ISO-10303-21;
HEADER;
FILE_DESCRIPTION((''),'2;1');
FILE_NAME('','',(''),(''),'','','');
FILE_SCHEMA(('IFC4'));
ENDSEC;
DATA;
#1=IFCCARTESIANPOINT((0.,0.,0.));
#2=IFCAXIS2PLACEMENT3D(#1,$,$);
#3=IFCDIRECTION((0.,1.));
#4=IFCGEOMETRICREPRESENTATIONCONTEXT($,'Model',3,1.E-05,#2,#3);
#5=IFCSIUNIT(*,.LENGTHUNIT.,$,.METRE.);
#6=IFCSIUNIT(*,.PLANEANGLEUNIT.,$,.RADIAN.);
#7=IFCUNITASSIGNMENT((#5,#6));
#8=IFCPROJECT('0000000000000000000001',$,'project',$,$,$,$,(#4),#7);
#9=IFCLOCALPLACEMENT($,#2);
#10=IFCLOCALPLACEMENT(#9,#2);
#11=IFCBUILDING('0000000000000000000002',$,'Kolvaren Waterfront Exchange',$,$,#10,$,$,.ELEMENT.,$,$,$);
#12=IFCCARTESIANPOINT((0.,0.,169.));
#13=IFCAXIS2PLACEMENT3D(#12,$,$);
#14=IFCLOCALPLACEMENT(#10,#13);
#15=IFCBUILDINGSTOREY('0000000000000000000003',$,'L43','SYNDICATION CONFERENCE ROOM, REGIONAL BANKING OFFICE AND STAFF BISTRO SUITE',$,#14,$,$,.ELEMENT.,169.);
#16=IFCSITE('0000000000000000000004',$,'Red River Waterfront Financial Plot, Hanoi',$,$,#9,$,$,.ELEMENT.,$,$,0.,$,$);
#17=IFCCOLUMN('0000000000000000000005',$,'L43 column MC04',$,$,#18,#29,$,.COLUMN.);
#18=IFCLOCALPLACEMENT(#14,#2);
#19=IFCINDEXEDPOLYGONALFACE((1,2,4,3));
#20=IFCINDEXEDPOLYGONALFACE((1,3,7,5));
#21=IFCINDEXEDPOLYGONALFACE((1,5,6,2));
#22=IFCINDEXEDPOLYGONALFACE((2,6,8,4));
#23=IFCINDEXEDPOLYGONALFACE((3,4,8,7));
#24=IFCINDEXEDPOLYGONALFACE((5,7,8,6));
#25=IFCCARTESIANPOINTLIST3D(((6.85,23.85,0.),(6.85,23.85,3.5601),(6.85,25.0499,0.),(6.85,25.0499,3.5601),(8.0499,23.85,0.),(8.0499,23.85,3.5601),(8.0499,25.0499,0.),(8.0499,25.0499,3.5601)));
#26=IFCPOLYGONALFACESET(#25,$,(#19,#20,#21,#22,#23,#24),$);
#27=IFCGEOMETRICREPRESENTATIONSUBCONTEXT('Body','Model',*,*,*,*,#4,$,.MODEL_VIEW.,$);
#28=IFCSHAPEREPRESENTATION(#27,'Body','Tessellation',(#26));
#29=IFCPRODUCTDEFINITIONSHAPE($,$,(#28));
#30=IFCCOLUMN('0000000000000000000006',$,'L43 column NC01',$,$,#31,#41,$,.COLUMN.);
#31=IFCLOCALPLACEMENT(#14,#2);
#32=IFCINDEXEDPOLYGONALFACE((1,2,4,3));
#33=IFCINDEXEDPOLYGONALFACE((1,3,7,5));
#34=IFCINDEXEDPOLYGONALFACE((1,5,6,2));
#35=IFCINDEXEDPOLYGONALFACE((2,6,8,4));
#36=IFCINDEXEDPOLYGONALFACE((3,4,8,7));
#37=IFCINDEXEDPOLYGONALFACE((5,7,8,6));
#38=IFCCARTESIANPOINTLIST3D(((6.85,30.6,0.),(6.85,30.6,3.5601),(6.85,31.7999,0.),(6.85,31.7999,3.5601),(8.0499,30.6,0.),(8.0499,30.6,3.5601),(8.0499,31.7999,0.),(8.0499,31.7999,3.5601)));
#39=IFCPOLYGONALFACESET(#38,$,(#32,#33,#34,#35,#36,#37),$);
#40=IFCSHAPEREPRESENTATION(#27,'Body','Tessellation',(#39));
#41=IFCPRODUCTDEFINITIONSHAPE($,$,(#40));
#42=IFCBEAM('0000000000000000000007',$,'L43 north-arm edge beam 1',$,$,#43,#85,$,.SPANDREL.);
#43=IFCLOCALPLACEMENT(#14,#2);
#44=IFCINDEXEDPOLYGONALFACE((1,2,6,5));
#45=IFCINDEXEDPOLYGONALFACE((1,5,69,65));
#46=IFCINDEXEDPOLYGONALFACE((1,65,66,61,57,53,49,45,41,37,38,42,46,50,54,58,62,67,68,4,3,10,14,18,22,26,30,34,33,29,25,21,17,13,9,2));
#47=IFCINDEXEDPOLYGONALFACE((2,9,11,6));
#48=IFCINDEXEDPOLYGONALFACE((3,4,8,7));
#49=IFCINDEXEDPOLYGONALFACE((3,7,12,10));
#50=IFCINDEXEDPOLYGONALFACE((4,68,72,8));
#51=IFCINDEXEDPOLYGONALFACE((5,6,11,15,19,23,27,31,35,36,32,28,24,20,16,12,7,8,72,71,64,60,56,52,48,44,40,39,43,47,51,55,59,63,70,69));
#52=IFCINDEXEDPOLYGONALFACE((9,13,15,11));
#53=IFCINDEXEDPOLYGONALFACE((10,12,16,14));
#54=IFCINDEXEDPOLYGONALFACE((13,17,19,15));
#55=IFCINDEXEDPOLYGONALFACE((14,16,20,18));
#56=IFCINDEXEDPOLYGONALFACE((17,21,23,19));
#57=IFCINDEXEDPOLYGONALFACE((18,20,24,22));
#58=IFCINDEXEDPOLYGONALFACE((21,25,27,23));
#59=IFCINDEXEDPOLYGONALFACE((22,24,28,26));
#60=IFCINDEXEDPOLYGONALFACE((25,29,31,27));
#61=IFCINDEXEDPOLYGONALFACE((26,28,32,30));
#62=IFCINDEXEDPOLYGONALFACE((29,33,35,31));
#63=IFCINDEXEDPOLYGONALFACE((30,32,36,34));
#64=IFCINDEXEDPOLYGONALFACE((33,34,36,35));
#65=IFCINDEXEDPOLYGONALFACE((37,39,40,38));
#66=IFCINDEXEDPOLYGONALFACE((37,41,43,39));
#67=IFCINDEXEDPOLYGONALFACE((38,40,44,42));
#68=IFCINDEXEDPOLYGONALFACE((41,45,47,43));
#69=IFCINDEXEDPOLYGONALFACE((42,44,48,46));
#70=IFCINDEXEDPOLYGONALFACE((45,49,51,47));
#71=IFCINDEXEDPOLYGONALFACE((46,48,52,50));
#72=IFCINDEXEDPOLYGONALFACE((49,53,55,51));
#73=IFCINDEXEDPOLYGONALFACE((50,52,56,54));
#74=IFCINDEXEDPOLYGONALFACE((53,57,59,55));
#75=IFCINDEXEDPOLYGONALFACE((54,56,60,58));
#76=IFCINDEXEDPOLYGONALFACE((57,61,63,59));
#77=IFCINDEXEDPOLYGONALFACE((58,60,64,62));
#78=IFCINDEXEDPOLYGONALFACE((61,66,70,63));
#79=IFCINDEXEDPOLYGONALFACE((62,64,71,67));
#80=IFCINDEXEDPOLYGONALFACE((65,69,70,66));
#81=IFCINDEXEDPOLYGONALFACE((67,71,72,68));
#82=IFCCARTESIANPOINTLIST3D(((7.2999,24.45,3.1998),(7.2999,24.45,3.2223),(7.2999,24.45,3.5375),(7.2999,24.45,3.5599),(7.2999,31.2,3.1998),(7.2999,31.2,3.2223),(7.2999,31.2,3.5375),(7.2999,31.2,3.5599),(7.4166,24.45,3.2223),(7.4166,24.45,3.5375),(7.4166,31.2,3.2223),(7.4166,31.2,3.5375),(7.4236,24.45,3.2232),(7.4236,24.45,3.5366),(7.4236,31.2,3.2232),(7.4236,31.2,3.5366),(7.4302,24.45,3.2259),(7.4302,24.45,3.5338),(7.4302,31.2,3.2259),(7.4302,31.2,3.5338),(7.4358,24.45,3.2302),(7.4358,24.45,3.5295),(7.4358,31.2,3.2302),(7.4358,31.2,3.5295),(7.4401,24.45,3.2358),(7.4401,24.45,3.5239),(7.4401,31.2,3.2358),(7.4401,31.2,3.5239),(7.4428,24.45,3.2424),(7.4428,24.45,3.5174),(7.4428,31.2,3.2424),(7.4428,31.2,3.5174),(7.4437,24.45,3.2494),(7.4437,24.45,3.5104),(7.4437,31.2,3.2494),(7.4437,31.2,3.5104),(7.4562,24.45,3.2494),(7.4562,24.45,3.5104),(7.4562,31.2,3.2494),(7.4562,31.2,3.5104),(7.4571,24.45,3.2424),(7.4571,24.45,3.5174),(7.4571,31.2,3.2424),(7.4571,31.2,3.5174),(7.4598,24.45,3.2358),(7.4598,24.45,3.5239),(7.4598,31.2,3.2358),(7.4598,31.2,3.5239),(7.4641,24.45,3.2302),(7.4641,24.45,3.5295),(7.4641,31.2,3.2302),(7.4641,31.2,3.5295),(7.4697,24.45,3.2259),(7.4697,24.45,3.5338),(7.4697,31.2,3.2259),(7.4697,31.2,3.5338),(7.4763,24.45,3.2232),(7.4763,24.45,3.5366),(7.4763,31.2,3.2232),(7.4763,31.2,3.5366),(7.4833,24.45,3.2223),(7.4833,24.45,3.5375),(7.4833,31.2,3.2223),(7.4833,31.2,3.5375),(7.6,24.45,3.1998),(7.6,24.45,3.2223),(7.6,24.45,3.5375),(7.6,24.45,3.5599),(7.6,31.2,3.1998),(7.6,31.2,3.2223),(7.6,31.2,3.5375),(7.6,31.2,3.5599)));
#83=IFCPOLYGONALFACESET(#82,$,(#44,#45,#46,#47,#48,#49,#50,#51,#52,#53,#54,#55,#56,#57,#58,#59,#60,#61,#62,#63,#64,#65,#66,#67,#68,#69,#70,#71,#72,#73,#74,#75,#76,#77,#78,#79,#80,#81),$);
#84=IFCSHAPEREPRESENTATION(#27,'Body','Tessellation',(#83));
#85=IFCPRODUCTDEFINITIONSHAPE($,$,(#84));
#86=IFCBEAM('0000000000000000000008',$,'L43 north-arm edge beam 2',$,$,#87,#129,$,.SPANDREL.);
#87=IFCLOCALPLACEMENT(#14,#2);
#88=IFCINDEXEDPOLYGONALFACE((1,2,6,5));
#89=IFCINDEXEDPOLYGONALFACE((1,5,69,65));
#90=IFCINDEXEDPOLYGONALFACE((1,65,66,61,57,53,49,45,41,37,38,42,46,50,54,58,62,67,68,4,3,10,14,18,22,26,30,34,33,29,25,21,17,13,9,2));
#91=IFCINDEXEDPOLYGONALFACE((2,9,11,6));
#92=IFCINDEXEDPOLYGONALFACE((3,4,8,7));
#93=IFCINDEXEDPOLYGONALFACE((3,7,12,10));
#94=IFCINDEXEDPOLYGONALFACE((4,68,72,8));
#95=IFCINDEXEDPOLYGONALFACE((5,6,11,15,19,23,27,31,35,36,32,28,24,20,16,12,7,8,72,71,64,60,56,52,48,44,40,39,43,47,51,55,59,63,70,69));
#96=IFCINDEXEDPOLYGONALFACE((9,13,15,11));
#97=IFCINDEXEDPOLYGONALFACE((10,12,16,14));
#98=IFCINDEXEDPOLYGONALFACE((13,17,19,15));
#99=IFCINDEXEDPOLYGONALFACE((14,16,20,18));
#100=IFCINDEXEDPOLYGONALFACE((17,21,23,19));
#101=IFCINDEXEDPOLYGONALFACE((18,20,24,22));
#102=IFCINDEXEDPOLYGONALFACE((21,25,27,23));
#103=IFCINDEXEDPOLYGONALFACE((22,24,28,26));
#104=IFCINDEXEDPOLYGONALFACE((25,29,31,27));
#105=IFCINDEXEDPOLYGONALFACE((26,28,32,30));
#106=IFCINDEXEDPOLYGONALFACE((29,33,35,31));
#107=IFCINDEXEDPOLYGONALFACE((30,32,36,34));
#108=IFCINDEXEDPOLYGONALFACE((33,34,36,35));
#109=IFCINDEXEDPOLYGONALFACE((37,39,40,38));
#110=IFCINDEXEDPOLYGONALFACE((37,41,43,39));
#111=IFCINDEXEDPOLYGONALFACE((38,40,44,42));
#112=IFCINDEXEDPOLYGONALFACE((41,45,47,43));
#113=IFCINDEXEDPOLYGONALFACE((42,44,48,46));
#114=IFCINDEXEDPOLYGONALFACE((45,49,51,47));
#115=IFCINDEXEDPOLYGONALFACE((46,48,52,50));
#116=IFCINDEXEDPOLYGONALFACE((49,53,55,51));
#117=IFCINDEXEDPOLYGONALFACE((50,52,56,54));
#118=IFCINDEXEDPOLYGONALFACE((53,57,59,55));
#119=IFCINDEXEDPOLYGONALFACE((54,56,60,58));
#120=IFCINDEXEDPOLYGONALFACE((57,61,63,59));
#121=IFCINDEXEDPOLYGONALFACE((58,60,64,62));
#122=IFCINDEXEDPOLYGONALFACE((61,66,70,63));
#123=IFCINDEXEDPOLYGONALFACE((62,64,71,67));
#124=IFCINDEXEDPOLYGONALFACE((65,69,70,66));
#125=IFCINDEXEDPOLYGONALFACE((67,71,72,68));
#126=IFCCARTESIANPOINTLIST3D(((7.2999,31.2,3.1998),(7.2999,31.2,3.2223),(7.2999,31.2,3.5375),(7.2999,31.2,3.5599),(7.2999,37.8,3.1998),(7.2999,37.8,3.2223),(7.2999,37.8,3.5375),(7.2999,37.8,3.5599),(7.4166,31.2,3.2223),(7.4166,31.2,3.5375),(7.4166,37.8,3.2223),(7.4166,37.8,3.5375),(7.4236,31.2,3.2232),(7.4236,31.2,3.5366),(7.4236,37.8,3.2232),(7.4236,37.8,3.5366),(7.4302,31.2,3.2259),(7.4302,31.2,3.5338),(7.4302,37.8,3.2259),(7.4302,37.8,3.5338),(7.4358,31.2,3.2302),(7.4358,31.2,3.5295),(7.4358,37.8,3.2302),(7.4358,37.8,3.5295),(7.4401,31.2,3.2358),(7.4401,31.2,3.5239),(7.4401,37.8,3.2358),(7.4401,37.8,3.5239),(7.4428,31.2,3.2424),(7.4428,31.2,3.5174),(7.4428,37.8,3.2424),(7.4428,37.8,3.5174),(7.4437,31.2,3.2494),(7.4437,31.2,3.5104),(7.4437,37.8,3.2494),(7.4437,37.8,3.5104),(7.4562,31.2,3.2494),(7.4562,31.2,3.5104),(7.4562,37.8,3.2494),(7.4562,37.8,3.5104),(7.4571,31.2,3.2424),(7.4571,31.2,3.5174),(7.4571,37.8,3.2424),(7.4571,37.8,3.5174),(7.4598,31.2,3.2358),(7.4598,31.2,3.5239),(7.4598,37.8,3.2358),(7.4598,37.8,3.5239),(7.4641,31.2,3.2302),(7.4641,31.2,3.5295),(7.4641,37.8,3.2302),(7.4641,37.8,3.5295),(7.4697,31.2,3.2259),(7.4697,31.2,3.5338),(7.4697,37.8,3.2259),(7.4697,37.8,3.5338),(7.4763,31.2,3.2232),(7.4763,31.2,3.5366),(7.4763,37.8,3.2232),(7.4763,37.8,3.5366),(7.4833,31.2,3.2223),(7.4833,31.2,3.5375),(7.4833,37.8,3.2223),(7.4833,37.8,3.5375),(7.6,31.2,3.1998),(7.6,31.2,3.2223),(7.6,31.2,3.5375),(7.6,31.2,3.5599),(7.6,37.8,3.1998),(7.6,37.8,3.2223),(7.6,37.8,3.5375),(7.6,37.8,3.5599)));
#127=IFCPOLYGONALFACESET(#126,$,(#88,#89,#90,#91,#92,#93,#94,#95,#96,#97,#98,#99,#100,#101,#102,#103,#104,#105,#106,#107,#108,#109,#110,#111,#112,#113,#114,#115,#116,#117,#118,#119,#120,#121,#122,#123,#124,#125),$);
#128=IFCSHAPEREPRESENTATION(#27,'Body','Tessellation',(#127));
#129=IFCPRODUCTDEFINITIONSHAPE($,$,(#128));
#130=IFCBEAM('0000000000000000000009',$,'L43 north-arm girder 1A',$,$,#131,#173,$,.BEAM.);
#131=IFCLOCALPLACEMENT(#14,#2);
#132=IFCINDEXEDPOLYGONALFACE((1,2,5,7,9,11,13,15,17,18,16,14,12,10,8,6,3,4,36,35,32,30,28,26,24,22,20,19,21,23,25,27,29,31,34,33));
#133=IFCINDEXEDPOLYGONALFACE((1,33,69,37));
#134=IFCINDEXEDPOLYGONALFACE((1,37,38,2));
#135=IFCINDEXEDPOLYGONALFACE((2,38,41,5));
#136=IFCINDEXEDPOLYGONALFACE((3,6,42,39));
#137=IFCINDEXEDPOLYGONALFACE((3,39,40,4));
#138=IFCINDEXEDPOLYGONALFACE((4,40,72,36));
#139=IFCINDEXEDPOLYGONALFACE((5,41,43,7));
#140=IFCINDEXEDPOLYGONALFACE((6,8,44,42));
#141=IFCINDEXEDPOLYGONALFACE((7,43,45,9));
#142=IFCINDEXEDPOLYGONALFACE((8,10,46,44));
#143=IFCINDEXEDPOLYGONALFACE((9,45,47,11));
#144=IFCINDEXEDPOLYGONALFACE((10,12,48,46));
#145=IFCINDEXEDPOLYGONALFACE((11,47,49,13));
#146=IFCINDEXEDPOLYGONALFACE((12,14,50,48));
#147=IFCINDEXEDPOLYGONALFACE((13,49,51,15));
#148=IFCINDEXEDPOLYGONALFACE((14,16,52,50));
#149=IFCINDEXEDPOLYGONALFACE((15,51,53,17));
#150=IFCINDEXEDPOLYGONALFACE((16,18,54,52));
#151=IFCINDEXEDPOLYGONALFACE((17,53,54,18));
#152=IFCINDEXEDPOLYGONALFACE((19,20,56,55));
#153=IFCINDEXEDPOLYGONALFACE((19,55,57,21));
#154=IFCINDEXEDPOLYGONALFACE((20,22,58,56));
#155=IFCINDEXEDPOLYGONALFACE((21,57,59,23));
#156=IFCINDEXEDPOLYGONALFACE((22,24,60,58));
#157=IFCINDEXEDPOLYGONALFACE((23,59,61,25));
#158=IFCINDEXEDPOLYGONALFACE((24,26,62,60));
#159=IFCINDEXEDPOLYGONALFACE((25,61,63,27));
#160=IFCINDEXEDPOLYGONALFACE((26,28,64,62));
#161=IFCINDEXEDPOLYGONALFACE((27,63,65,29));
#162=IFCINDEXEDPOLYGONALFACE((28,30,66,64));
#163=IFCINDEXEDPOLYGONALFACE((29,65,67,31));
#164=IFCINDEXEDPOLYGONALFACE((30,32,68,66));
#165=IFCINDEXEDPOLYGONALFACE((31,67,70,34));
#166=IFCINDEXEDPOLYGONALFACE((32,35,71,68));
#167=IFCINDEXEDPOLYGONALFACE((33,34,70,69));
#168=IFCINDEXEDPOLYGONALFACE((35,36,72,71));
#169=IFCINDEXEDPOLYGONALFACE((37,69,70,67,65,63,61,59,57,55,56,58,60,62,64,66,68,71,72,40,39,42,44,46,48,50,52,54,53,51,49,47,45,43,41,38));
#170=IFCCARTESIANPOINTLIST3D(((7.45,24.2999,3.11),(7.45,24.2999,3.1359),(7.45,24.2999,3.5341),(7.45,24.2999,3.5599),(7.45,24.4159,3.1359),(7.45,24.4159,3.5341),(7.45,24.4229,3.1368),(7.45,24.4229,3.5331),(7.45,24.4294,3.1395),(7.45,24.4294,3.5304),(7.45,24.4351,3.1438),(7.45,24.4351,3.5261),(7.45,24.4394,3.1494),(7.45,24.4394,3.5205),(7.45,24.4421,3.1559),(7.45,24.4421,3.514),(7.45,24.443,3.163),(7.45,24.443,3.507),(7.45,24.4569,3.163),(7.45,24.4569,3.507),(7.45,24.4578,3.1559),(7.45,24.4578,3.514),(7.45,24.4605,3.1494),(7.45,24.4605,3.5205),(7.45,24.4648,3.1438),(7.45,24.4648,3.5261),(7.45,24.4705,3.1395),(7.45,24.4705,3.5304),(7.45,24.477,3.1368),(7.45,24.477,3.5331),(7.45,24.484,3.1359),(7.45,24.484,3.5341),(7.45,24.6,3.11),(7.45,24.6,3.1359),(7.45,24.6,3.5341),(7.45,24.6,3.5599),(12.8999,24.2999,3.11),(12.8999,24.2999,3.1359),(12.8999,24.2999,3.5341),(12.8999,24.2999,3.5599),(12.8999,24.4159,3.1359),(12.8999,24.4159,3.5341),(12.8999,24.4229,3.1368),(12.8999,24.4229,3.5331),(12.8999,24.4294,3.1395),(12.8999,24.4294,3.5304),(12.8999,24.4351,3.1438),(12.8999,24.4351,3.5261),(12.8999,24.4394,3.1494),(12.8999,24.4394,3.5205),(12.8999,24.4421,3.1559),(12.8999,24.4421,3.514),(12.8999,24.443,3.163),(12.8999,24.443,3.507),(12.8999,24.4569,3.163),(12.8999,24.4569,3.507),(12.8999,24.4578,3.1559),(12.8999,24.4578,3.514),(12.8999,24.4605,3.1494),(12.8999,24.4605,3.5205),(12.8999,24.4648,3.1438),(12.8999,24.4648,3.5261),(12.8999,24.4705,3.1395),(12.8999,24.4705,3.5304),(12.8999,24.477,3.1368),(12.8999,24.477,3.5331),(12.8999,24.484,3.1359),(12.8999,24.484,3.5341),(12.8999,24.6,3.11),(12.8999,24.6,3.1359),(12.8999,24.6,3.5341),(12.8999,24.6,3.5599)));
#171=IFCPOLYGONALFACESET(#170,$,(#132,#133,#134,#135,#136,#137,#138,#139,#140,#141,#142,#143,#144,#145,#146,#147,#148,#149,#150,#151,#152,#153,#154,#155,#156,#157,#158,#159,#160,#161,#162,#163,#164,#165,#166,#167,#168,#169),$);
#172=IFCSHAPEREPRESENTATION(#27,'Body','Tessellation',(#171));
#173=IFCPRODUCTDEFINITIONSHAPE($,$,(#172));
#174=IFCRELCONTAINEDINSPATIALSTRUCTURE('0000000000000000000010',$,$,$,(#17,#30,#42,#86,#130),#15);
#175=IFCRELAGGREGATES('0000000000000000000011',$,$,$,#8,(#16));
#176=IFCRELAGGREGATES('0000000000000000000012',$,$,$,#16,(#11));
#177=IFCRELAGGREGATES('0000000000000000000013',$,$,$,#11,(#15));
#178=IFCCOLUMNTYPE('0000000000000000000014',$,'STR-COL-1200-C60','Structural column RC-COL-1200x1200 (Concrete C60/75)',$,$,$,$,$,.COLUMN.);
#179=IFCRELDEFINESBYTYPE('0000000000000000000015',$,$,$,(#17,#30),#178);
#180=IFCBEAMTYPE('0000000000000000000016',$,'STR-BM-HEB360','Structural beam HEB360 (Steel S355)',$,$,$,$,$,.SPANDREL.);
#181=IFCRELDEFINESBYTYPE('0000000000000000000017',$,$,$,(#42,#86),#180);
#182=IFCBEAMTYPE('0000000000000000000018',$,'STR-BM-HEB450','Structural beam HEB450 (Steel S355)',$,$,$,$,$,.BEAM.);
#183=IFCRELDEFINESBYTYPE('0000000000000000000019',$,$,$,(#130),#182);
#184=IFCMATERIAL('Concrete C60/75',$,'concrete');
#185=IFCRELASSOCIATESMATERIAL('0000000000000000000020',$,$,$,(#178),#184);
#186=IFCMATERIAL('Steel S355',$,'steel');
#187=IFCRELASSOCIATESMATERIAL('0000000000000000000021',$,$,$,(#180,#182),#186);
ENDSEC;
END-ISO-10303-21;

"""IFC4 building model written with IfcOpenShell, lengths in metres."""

from ifc_helpers import new_model, si_unit, direction, frame, origin, origin_2d, place, context, subcontext, project, spatial, rectangle, i_section, extrude, material, material_profile, profile_set, type_object, element, save


model = new_model("IFC4")

# Units and contexts
model_context = context("Model", 3, precision=1e-05, world=origin(), true_north=direction((0.0, 1.0)))
body_context = subcontext(model_context, "Body", "Model", "MODEL_VIEW")
ifc_project = project(units=[si_unit("LENGTHUNIT", "METRE"), si_unit("PLANEANGLEUNIT", "RADIAN")], contexts=[model_context])

# Site, building, storey
site_placement = place(None, origin())
site = spatial("IfcSite", under=ifc_project, at=site_placement, Name="Red River Waterfront Financial Plot, Hanoi", CompositionType="ELEMENT", RefElevation=0.0)
building_placement = place(site_placement, origin())
building = spatial("IfcBuilding", under=site, at=building_placement, Name="Kolvaren Waterfront Exchange", CompositionType="ELEMENT")
storey_placement = place(building_placement, frame((0.0, 0.0, 169.0)))
storey = spatial("IfcBuildingStorey", under=building, at=storey_placement, Name="L43", Description="SYNDICATION CONFERENCE ROOM, REGIONAL BANKING OFFICE AND STAFF BISTRO SUITE", CompositionType="ELEMENT", Elevation=169.0)

# Columns
ifc_material_1 = material(Name="Concrete C60/75", Category="concrete")
ifc_material_profile_1 = material_profile(ifc_material_1, rectangle(XDim=1.2, YDim=1.2, at=origin_2d()), Name="RC-COL-1200x1200")
ifc_profile_set_1 = profile_set([ifc_material_profile_1], Name="Concrete C60/75")
column_type = type_object("IfcColumnType", Name="STR-COL-1200-C60", Description="Structural column RC-COL-1200x1200 (Concrete C60/75)", PredefinedType="COLUMN", material=ifc_profile_set_1)
for number, where, z_axis, x_axis, name in (
    (1, (7.45, 24.45, 0.0), (0.0, 0.0, 1.0), (1.0, 0.0, 0.0), "L43 column MC04"),
    (2, (7.45, 31.2, 0.0), (0.0, 0.0, 1.0), (1.0, 0.0, 0.0), "L43 column NC01"),
):
    element("IfcColumn", number, at=place(storey_placement, frame(where, z_axis=z_axis, x_axis=x_axis)), inside=storey, type_object=column_type, Name=name, PredefinedType="COLUMN", context=body_context, shape_type="SweptSolid", body=[
        extrude(rectangle(XDim=1.2, YDim=1.2, at=origin_2d()), origin(), (0.0, 0.0, 1.0), 3.5601),
    ])

# Beams
ifc_material_2 = material(Name="Steel S355", Category="steel")
ifc_material_profile_2 = material_profile(ifc_material_2, i_section(OverallWidth=0.3, OverallDepth=0.3601, WebThickness=0.0125, FlangeThickness=0.0225, FilletRadius=0.0271, at=origin_2d()), Name="HEB360")
ifc_profile_set_2 = profile_set([ifc_material_profile_2], Name="Steel S355")
beam_type_1 = type_object("IfcBeamType", Name="STR-BM-HEB360", Description="Structural beam HEB360 (Steel S355)", PredefinedType="SPANDREL", material=ifc_profile_set_2)
beam_1_placement = place(storey_placement, frame((7.45, 24.45, 3.3799), z_axis=(0.0, 1.0, 0.0), x_axis=(-1.0, 0.0, 0.0)))
element("IfcBeam", 3, at=beam_1_placement, inside=storey, type_object=beam_type_1, Name="L43 north-arm edge beam 1", PredefinedType="SPANDREL", context=body_context, shape_type="SweptSolid", body=[
    extrude(i_section(OverallWidth=0.3, OverallDepth=0.3601, WebThickness=0.0125, FlangeThickness=0.0225, FilletRadius=0.0271, at=origin_2d()), origin(), (0.0, 0.0, 1.0), 6.75),
])
beam_2_placement = place(storey_placement, frame((7.45, 31.2, 3.3799), z_axis=(0.0, 1.0, 0.0), x_axis=(-1.0, 0.0, 0.0)))
element("IfcBeam", 4, at=beam_2_placement, inside=storey, type_object=beam_type_1, Name="L43 north-arm edge beam 2", PredefinedType="SPANDREL", context=body_context, shape_type="SweptSolid", body=[
    extrude(i_section(OverallWidth=0.3, OverallDepth=0.3601, WebThickness=0.0125, FlangeThickness=0.0225, FilletRadius=0.0271, at=origin_2d()), origin(), (0.0, 0.0, 1.0), 6.6001),
])
ifc_material_profile_3 = material_profile(ifc_material_2, i_section(OverallWidth=0.3, OverallDepth=0.45, WebThickness=0.0139, FlangeThickness=0.0259, FilletRadius=0.0271, at=origin_2d()), Name="HEB450")
ifc_profile_set_3 = profile_set([ifc_material_profile_3], Name="Steel S355")
beam_type_2 = type_object("IfcBeamType", Name="STR-BM-HEB450", Description="Structural beam HEB450 (Steel S355)", PredefinedType="BEAM", material=ifc_profile_set_3)
for number, where, z_axis, x_axis, name in (
    (5, (7.45, 24.45, 3.335), (1.0, 0.0, 0.0), (0.0, 1.0, 0.0), "L43 north-arm girder 1A"),
):
    element("IfcBeam", number, at=place(storey_placement, frame(where, z_axis=z_axis, x_axis=x_axis)), inside=storey, type_object=beam_type_2, Name=name, PredefinedType="BEAM", context=body_context, shape_type="SweptSolid", body=[
        extrude(i_section(OverallWidth=0.3, OverallDepth=0.45, WebThickness=0.0139, FlangeThickness=0.0259, FilletRadius=0.0271, at=origin_2d()), origin(), (0.0, 0.0, 1.0), 5.45),
    ])

save(model, "model.ifc")
